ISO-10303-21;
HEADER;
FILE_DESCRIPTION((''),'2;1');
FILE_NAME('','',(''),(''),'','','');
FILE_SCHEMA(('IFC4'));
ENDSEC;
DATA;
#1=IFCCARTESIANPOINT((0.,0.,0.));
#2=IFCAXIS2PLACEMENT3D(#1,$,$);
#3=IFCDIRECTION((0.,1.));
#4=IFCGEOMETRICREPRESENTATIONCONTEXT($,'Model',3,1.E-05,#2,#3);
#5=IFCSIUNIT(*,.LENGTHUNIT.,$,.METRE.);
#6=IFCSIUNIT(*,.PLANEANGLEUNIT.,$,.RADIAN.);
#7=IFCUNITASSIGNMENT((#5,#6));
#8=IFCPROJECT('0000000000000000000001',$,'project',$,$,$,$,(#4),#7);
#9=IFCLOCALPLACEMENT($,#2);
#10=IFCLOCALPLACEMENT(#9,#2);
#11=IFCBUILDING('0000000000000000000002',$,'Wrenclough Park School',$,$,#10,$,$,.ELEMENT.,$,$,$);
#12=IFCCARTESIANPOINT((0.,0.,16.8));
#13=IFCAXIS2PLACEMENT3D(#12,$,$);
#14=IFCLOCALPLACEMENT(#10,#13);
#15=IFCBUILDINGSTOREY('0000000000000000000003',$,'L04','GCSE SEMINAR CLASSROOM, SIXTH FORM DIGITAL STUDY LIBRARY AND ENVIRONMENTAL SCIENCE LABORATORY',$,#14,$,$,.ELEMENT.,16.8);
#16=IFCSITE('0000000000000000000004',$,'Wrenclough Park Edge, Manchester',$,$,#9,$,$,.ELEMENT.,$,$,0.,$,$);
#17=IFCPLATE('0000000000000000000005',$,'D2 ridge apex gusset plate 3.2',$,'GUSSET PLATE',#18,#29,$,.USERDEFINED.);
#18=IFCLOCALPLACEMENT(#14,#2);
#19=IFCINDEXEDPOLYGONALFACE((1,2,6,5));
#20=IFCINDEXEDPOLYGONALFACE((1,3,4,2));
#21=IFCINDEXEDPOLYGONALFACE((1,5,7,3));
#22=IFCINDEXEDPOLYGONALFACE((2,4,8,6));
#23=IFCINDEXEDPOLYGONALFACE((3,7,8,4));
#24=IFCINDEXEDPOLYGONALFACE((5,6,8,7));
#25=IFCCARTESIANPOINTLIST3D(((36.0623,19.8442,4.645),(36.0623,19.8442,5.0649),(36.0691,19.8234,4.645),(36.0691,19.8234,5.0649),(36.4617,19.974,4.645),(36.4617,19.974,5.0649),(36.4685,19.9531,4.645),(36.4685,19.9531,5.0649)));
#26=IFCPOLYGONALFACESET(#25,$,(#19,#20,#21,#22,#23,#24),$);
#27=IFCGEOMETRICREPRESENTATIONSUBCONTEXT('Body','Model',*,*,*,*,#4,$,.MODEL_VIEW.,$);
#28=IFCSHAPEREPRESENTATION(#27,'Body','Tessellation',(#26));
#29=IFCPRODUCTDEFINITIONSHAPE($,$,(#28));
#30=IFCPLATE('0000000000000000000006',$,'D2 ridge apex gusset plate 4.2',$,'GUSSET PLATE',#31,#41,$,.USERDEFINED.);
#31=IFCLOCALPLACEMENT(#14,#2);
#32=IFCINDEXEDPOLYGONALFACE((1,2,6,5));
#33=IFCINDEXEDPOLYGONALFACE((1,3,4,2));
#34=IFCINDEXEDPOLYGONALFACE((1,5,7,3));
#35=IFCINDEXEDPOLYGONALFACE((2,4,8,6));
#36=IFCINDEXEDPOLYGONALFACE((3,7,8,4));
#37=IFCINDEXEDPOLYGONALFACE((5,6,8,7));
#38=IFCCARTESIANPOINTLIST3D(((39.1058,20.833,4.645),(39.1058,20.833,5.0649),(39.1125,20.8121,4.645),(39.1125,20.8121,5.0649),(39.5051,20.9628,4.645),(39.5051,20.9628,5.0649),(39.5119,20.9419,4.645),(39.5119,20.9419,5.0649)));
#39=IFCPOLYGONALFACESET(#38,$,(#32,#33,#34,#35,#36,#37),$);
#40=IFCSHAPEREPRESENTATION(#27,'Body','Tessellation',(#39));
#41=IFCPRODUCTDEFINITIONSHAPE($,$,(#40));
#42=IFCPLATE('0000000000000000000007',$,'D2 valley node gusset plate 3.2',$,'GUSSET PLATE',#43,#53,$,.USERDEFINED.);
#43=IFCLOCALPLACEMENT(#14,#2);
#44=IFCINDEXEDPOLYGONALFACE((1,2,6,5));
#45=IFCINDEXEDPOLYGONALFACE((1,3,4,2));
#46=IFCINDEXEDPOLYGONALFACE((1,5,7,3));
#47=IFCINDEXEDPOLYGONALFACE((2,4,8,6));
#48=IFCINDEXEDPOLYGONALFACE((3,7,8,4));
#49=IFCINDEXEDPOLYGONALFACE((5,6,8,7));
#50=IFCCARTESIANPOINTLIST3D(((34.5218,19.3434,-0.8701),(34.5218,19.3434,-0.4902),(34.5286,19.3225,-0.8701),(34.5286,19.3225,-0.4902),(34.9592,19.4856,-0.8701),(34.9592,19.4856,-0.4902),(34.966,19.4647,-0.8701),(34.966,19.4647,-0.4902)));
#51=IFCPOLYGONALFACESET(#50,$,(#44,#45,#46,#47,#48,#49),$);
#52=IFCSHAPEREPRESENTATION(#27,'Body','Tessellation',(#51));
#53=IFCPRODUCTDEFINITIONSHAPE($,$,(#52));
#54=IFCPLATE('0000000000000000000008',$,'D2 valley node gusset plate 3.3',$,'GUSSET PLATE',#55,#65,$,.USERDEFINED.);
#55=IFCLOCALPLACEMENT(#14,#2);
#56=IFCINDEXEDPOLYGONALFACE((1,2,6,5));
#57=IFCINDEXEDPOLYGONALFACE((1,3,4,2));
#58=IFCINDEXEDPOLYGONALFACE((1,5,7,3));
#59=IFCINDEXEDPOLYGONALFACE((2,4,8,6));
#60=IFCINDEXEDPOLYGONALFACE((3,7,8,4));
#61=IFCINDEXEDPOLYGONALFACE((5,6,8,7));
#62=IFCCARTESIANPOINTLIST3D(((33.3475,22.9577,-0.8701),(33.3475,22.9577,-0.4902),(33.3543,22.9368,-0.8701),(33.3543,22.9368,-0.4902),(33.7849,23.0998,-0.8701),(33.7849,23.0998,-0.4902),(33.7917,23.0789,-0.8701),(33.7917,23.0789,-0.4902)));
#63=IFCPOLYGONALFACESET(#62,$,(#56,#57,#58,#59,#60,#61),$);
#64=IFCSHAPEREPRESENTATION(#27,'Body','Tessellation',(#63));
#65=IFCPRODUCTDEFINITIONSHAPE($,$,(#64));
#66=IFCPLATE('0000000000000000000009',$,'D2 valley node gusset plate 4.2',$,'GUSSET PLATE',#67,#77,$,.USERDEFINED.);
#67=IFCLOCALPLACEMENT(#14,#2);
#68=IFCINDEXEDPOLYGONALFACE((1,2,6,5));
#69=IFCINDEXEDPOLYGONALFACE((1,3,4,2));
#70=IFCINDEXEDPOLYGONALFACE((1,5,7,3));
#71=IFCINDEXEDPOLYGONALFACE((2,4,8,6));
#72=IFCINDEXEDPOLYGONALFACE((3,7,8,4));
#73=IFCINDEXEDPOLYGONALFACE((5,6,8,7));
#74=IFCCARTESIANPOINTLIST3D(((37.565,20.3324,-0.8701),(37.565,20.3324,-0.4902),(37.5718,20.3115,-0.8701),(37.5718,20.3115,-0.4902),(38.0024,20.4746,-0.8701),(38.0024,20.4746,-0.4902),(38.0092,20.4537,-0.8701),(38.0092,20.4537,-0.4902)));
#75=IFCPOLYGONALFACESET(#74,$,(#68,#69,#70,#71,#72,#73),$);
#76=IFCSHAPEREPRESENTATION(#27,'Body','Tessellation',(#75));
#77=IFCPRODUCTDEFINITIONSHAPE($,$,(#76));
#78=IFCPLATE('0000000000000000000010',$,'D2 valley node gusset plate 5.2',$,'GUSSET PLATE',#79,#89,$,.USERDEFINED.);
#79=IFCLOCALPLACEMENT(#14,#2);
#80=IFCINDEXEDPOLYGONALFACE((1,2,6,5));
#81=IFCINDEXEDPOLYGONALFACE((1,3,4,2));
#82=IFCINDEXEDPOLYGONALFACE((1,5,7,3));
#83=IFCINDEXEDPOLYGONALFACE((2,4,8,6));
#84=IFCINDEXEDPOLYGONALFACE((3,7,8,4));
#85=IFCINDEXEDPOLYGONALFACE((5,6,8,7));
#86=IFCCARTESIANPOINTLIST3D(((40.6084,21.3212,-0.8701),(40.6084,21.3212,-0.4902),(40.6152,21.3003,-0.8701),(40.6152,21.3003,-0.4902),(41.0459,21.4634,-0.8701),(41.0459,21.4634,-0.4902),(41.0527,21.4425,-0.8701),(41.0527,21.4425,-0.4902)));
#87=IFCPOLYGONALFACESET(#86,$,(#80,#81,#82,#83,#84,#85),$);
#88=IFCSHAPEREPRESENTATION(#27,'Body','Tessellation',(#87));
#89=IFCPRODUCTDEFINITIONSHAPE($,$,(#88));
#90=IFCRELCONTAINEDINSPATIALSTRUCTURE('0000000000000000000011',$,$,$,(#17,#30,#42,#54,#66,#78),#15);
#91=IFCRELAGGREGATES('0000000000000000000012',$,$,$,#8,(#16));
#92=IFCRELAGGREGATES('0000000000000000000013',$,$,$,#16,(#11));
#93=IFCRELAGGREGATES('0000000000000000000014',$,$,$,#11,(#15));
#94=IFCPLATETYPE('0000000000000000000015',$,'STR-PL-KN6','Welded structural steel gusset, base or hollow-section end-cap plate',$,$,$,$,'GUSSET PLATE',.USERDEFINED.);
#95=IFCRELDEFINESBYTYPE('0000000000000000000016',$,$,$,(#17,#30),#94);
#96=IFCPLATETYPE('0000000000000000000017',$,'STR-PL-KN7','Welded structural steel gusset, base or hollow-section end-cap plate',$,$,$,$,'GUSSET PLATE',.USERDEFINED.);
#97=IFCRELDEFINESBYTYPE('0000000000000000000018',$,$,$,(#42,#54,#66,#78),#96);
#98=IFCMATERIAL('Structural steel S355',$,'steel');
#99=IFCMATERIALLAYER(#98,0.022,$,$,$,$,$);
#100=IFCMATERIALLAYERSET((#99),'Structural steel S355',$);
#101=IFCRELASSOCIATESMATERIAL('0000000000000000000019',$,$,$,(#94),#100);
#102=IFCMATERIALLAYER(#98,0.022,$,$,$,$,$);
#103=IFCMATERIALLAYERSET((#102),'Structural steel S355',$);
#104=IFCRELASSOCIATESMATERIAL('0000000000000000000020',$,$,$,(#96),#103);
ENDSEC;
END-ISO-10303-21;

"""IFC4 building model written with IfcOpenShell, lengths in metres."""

from ifc_helpers import new_model, si_unit, direction, frame, origin, origin_2d, place, context, subcontext, project, spatial, rectangle, extrude, material, layer, layer_set, type_object, element, save


model = new_model("IFC4")

# Units and contexts
model_context = context("Model", 3, precision=1e-05, world=origin(), true_north=direction((0.0, 1.0)))
body_context = subcontext(model_context, "Body", "Model", "MODEL_VIEW")
ifc_project = project(units=[si_unit("LENGTHUNIT", "METRE"), si_unit("PLANEANGLEUNIT", "RADIAN")], contexts=[model_context])

# Site, building, storey
site_placement = place(None, origin())
site = spatial("IfcSite", under=ifc_project, at=site_placement, Name="Wrenclough Park Edge, Manchester", CompositionType="ELEMENT", RefElevation=0.0)
building_placement = place(site_placement, origin())
building = spatial("IfcBuilding", under=site, at=building_placement, Name="Wrenclough Park School", CompositionType="ELEMENT")
storey_placement = place(building_placement, frame((0.0, 0.0, 16.8)))
storey = spatial("IfcBuildingStorey", under=building, at=storey_placement, Name="L04", Description="GCSE SEMINAR CLASSROOM, SIXTH FORM DIGITAL STUDY LIBRARY AND ENVIRONMENTAL SCIENCE LABORATORY", CompositionType="ELEMENT", Elevation=16.8)

# Shared definitions
ifc_material = material(Name="Structural steel S355", Category="steel")

# Plates
ifc_layer_1 = layer(ifc_material, 0.022)
ifc_layer_set_1 = layer_set([ifc_layer_1], Name="Structural steel S355")
plate_type_1 = type_object("IfcPlateType", Name="STR-PL-KN6", Description="Welded structural steel gusset, base or hollow-section end-cap plate", ElementType="GUSSET PLATE", PredefinedType="USERDEFINED", material=ifc_layer_set_1)
for number, where, z_axis, x_axis, name in (
    (1, (36.2654, 19.8987, 4.645), (0.0, 0.0, 1.0), (0.951057, 0.309017, 0.0), "D2 ridge apex gusset plate 3.2"),
    (2, (39.3088, 20.8875, 4.645), (0.0, 0.0, 1.0), (0.951057, 0.309017, 0.0), "D2 ridge apex gusset plate 4.2"),
):
    element("IfcPlate", number, at=place(storey_placement, frame(where, z_axis=z_axis, x_axis=x_axis)), inside=storey, type_object=plate_type_1, Name=name, ObjectType="GUSSET PLATE", PredefinedType="USERDEFINED", context=body_context, shape_type="SweptSolid", body=[
        extrude(rectangle(XDim=0.4199, YDim=0.022, at=origin_2d()), origin(), (0.0, 0.0, 1.0), 0.4199),
    ])
ifc_layer_2 = layer(ifc_material, 0.022)
ifc_layer_set_2 = layer_set([ifc_layer_2], Name="Structural steel S355")
plate_type_2 = type_object("IfcPlateType", Name="STR-PL-KN7", Description="Welded structural steel gusset, base or hollow-section end-cap plate", ElementType="GUSSET PLATE", PredefinedType="USERDEFINED", material=ifc_layer_set_2)
for number, where, z_axis, x_axis, name in (
    (3, (34.7439, 19.4041, -0.8701), (0.0, 0.0, 1.0), (0.951057, 0.309017, 0.0), "D2 valley node gusset plate 3.2"),
    (4, (33.5696, 23.0183, -0.8701), (0.0, 0.0, 1.0), (0.951057, 0.309017, 0.0), "D2 valley node gusset plate 3.3"),
    (5, (37.7871, 20.3931, -0.8701), (0.0, 0.0, 1.0), (0.951057, 0.309017, 0.0), "D2 valley node gusset plate 4.2"),
    (6, (40.8306, 21.3818, -0.8701), (0.0, 0.0, 1.0), (0.951057, 0.309017, 0.0), "D2 valley node gusset plate 5.2"),
):
    element("IfcPlate", number, at=place(storey_placement, frame(where, z_axis=z_axis, x_axis=x_axis)), inside=storey, type_object=plate_type_2, Name=name, ObjectType="GUSSET PLATE", PredefinedType="USERDEFINED", context=body_context, shape_type="SweptSolid", body=[
        extrude(rectangle(XDim=0.46, YDim=0.022, at=origin_2d()), origin(), (0.0, 0.0, 1.0), 0.3799),
    ])

save(model, "model.ifc")
